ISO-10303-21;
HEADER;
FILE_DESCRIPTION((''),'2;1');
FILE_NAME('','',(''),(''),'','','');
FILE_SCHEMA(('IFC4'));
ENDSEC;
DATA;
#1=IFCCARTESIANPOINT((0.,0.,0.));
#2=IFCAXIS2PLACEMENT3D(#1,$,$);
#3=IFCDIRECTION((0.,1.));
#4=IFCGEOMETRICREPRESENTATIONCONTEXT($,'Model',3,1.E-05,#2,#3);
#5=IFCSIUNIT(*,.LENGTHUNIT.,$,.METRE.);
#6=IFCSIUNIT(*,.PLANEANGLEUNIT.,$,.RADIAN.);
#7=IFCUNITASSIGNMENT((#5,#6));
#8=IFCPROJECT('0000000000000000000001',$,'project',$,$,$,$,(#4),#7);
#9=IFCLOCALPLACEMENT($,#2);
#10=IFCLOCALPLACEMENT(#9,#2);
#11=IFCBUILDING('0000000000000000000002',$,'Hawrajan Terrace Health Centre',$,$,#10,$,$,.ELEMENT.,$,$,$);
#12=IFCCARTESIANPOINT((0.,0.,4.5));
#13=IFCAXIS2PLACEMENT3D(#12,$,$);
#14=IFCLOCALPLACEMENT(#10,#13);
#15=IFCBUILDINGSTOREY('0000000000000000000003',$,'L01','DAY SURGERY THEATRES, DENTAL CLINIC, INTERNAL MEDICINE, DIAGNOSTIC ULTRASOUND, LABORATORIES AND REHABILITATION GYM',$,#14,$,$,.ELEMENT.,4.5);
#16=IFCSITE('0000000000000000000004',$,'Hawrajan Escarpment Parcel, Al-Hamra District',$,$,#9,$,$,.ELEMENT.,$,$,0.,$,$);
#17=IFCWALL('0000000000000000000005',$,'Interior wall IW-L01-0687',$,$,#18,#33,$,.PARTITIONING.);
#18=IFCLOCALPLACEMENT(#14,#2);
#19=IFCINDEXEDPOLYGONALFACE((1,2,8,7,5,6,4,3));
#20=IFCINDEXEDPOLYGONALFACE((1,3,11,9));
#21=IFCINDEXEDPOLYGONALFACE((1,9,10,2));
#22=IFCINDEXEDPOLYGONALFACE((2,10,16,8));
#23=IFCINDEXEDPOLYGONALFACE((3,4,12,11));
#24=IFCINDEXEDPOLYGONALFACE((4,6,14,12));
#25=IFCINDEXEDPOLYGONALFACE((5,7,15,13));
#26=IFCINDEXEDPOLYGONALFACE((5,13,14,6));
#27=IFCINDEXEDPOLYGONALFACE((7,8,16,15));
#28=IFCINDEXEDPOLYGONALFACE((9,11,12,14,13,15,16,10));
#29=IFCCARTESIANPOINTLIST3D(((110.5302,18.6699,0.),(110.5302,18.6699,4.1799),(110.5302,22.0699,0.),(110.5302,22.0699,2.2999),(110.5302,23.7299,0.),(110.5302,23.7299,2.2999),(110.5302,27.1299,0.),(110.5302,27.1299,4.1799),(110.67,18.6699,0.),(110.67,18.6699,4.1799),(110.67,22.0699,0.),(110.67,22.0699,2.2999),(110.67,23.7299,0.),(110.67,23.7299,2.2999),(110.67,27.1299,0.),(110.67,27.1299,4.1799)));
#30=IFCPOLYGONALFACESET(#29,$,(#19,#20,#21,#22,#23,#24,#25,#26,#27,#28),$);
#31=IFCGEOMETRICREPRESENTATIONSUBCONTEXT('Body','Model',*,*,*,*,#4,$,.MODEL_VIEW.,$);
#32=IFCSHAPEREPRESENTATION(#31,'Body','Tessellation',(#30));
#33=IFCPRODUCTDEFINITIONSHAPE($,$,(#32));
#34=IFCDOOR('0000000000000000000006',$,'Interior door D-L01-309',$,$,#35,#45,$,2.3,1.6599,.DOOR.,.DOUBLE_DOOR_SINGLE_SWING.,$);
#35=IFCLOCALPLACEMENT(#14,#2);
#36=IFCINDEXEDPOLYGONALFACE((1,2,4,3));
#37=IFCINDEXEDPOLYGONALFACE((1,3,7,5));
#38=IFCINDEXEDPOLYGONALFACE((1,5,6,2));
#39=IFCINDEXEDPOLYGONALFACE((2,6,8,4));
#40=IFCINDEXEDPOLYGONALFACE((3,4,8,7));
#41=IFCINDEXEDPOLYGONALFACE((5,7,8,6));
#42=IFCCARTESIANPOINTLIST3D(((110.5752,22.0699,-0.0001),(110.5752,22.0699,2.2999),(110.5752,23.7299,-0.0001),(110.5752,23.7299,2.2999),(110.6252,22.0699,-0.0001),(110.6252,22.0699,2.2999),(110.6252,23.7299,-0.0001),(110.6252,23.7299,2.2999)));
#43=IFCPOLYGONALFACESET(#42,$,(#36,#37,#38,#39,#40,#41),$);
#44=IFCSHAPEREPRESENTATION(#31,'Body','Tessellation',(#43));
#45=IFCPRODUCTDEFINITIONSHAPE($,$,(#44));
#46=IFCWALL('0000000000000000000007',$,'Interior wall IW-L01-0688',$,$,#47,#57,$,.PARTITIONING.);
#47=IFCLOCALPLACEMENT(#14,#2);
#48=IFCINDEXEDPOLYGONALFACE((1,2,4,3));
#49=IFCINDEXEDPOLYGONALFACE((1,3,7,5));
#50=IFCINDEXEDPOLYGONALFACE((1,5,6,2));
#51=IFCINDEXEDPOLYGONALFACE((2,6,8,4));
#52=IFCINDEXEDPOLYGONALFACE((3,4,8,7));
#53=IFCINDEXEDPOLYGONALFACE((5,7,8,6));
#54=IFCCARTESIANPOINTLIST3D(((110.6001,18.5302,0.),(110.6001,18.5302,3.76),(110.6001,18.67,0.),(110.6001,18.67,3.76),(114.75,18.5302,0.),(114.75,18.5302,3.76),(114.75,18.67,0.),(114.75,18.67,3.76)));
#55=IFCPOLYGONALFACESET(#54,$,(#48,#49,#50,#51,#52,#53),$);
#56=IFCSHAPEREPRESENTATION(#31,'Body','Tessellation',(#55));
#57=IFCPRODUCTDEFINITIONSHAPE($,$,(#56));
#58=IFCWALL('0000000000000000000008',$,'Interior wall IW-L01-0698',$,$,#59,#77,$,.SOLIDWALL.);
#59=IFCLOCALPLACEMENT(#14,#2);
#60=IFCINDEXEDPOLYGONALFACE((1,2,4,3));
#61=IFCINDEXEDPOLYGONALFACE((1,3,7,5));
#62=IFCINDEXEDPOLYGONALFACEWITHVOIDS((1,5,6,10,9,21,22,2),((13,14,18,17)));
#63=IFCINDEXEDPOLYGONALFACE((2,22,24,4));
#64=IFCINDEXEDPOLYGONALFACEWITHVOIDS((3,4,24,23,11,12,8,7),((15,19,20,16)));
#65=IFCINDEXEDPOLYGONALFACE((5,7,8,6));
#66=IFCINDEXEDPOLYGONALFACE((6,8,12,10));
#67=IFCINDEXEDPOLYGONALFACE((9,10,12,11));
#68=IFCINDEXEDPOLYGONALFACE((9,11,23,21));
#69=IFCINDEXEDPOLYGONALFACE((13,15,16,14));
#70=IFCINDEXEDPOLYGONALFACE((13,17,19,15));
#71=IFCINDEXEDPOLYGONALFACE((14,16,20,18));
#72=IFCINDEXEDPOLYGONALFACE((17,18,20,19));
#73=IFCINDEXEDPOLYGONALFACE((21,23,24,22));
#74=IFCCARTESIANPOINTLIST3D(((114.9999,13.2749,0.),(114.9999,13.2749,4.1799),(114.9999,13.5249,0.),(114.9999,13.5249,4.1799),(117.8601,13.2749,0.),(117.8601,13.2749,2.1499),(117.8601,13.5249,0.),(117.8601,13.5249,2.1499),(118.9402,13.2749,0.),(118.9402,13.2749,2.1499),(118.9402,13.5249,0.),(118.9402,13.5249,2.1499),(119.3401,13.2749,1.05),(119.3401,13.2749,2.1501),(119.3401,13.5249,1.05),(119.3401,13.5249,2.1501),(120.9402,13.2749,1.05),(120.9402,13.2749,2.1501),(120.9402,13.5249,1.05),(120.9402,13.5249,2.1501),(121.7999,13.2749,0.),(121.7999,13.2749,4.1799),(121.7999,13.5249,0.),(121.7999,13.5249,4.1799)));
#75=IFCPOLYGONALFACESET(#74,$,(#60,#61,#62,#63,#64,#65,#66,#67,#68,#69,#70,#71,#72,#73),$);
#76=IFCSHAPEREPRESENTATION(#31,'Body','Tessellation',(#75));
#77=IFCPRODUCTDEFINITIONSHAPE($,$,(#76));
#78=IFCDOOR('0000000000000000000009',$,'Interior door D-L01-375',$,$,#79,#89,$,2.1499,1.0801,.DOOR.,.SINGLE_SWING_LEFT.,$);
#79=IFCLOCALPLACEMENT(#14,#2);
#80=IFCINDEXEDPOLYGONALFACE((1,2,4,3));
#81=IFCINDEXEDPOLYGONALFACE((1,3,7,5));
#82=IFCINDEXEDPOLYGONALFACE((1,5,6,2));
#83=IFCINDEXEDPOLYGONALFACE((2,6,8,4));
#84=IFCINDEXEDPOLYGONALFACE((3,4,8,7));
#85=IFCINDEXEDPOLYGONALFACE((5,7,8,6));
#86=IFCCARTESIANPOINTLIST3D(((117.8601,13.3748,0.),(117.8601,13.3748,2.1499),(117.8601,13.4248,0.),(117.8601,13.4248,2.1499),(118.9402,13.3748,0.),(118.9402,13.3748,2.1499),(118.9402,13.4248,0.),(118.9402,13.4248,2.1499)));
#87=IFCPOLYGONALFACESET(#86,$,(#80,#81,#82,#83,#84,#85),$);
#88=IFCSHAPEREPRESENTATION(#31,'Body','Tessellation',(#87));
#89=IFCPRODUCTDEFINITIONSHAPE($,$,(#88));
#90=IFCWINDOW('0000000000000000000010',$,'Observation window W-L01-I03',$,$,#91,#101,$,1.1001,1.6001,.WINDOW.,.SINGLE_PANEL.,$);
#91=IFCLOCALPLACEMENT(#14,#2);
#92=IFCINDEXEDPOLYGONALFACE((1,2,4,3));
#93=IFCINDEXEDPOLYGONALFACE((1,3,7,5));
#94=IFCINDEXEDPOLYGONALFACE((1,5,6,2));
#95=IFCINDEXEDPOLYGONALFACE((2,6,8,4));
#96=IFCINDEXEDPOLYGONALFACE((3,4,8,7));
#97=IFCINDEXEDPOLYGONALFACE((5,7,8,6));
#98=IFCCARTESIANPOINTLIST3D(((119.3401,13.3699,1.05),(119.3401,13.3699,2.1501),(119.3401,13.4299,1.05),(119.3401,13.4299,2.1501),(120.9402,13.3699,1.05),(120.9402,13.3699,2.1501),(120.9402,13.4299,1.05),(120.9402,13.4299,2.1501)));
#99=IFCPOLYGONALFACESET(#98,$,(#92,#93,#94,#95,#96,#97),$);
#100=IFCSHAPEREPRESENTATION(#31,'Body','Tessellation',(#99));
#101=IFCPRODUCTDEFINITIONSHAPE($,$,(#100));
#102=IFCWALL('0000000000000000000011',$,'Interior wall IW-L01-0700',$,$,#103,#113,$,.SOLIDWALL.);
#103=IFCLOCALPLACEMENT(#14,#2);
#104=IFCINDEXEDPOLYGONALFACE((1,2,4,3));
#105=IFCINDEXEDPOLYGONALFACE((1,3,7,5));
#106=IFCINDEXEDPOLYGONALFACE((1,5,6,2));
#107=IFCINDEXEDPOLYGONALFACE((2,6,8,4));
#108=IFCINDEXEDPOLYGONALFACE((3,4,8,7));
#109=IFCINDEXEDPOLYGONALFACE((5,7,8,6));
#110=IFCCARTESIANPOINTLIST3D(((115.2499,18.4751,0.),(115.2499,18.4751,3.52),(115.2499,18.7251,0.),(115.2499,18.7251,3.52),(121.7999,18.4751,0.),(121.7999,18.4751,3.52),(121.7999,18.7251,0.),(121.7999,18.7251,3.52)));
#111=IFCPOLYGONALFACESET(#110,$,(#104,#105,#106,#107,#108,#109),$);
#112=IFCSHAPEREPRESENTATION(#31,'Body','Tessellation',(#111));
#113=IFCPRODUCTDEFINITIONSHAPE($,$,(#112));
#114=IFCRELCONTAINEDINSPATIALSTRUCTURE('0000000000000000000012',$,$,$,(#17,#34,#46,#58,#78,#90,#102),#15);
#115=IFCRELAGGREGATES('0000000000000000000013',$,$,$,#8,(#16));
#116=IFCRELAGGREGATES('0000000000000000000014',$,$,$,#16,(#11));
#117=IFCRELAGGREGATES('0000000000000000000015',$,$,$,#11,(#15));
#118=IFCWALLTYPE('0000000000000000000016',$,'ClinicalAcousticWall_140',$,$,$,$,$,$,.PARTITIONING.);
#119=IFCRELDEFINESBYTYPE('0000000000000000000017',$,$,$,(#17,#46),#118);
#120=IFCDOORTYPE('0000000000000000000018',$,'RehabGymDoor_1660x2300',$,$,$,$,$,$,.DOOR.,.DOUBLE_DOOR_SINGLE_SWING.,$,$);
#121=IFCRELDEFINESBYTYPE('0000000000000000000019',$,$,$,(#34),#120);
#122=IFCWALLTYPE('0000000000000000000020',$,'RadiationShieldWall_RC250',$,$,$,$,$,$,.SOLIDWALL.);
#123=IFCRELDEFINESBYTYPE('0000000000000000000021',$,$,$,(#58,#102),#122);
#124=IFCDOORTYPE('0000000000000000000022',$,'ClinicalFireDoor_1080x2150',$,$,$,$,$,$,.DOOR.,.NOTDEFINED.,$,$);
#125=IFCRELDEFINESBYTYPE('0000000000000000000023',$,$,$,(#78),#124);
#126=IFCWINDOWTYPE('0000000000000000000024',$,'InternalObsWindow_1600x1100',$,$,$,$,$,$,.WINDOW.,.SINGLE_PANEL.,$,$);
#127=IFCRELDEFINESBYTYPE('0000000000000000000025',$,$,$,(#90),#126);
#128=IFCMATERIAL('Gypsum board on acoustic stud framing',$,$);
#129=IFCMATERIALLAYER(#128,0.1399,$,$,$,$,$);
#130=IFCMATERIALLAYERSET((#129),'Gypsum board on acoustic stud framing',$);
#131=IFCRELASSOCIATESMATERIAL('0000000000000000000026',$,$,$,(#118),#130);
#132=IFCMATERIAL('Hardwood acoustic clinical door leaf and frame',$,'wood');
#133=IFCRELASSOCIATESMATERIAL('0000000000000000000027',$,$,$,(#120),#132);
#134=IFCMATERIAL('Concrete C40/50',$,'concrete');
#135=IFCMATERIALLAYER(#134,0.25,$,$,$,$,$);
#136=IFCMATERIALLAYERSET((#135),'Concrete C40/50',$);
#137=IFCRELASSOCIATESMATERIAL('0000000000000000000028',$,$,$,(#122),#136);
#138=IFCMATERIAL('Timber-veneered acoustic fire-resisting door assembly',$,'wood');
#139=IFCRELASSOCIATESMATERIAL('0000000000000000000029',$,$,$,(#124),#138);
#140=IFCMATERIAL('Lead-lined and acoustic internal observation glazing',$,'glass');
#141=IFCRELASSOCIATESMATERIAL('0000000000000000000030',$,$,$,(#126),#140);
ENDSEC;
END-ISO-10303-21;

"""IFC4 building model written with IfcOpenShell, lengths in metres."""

from ifc_helpers import new_model, si_unit, direction, frame, frame_2d, origin, place, context, subcontext, project, spatial, rectangle, extrude, material, layer, layer_set, type_object, element, fill, save


model = new_model("IFC4")

# Units and contexts
model_context = context("Model", 3, precision=1e-05, world=origin(), true_north=direction((0.0, 1.0)))
body_context = subcontext(model_context, "Body", "Model", "MODEL_VIEW")
ifc_project = project(units=[si_unit("LENGTHUNIT", "METRE"), si_unit("PLANEANGLEUNIT", "RADIAN")], contexts=[model_context])

# Site, building, storey
site_placement = place(None, origin())
site = spatial("IfcSite", under=ifc_project, at=site_placement, Name="Hawrajan Escarpment Parcel, Al-Hamra District", CompositionType="ELEMENT", RefElevation=0.0)
building_placement = place(site_placement, origin())
building = spatial("IfcBuilding", under=site, at=building_placement, Name="Hawrajan Terrace Health Centre", CompositionType="ELEMENT")
storey_placement = place(building_placement, frame((0.0, 0.0, 4.5)))
storey = spatial("IfcBuildingStorey", under=building, at=storey_placement, Name="L01", Description="DAY SURGERY THEATRES, DENTAL CLINIC, INTERNAL MEDICINE, DIAGNOSTIC ULTRASOUND, LABORATORIES AND REHABILITATION GYM", CompositionType="ELEMENT", Elevation=4.5)

# Shared definitions
ifc_material_1 = material(Name="Concrete C40/50", Category="concrete")

# Shared definitions
ifc_material_2 = material(Name="Gypsum board on acoustic stud framing")
ifc_layer_1 = layer(ifc_material_2, 0.1399)
ifc_layer_set_1 = layer_set([ifc_layer_1], Name="Gypsum board on acoustic stud framing")
wall_type_1 = type_object("IfcWallType", Name="ClinicalAcousticWall_140", PredefinedType="PARTITIONING", material=ifc_layer_set_1)

# Shared definitions
ifc_material_3 = material(Name="Hardwood acoustic clinical door leaf and frame", Category="wood")

# Wall, opening, door
wall_1_placement = place(storey_placement, frame((110.6001, 18.6699, 0.0), z_axis=(0.0, 0.0, 1.0), x_axis=(0.0, 1.0, 0.0)))
wall_1 = element("IfcWall", 1, at=wall_1_placement, inside=storey, type_object=wall_type_1, Name="Interior wall IW-L01-0687", PredefinedType="PARTITIONING", context=body_context, shape_type="SweptSolid", body=[
    extrude(rectangle(XDim=8.46, YDim=0.1399, at=frame_2d((4.23, 0.0))), origin(), (0.0, 0.0, 1.0), 4.1799),
])
opening_1_placement = place(wall_1_placement, frame((3.3999, 0.0, 0.0)))
opening_1 = element("IfcOpeningElement", 2, at=opening_1_placement, cuts=wall_1, PredefinedType="OPENING", context=body_context, shape_type="SweptSolid", body=[
    extrude(rectangle(XDim=1.6599, YDim=2.3, at=frame_2d((0.8301, 1.1499))), frame((0.0, 0.0798, 0.0), z_axis=(0.0, -1.0, 0.0), x_axis=(1.0, 0.0, 0.0)), (0.0, 0.0, 1.0), 0.1599),
])
door_type_1 = type_object("IfcDoorType", Name="RehabGymDoor_1660x2300", OperationType="DOUBLE_DOOR_SINGLE_SWING", PredefinedType="DOOR", material=ifc_material_3)
door_1_placement = place(opening_1_placement, origin())
door_1 = element("IfcDoor", 3, at=door_1_placement, inside=storey, type_object=door_type_1, Name="Interior door D-L01-309", OperationType="DOUBLE_DOOR_SINGLE_SWING", OverallHeight=2.3, OverallWidth=1.6599, PredefinedType="DOOR", context=body_context, shape_type="SweptSolid", body=[
    extrude(rectangle(XDim=1.6599, YDim=2.3, at=frame_2d((0.8301, 1.1499))), frame((0.0, 0.0249, 0.0), z_axis=(0.0, -1.0, 0.0), x_axis=(1.0, 0.0, 0.0)), (0.0, 0.0, 1.0), 0.05),
])
fill(opening_1, door_1)

# Wall
wall_2_placement = place(storey_placement, frame((110.6001, 18.6001, 0.0), z_axis=(0.0, 0.0, 1.0), x_axis=(1.0, 0.0, 0.0)))
element("IfcWall", 4, at=wall_2_placement, inside=storey, type_object=wall_type_1, Name="Interior wall IW-L01-0688", PredefinedType="PARTITIONING", context=body_context, shape_type="SweptSolid", body=[
    extrude(rectangle(XDim=4.1499, YDim=0.1399, at=frame_2d((2.075, 0.0))), origin(), (0.0, 0.0, 1.0), 3.76),
])
ifc_layer_2 = layer(ifc_material_1, 0.25)
ifc_layer_set_2 = layer_set([ifc_layer_2], Name="Concrete C40/50")
wall_type_2 = type_object("IfcWallType", Name="RadiationShieldWall_RC250", PredefinedType="SOLIDWALL", material=ifc_layer_set_2)

# Wall, openings, door, window
wall_3_placement = place(storey_placement, frame((115.0, 13.3999, 0.0), z_axis=(0.0, 0.0, 1.0), x_axis=(1.0, 0.0, 0.0)))
wall_3 = element("IfcWall", 5, at=wall_3_placement, inside=storey, type_object=wall_type_2, Name="Interior wall IW-L01-0698", PredefinedType="SOLIDWALL", context=body_context, shape_type="SweptSolid", body=[
    extrude(rectangle(XDim=6.8, YDim=0.25, at=frame_2d((3.3999, 0.0))), origin(), (0.0, 0.0, 1.0), 4.1799),
])
opening_2_placement = place(wall_3_placement, frame((2.8601, 0.0, 0.0)))
opening_2 = element("IfcOpeningElement", 6, at=opening_2_placement, cuts=wall_3, PredefinedType="OPENING", context=body_context, shape_type="SweptSolid", body=[
    extrude(rectangle(XDim=1.0801, YDim=2.1499, at=frame_2d((0.54, 1.075))), frame((0.0, 0.135, 0.0), z_axis=(0.0, -1.0, 0.0), x_axis=(1.0, 0.0, 0.0)), (0.0, 0.0, 1.0), 0.27),
])
opening_3_placement = place(wall_3_placement, frame((4.3401, 0.0, 1.05)))
opening_3 = element("IfcOpeningElement", 7, at=opening_3_placement, cuts=wall_3, PredefinedType="OPENING", context=body_context, shape_type="SweptSolid", body=[
    extrude(rectangle(XDim=1.6001, YDim=1.1001, at=frame_2d((0.8, 0.55))), frame((0.0, 0.135, 0.0), z_axis=(0.0, -1.0, 0.0), x_axis=(1.0, 0.0, 0.0)), (0.0, 0.0, 1.0), 0.27),
])
ifc_material_4 = material(Name="Timber-veneered acoustic fire-resisting door assembly", Category="wood")
door_type_2 = type_object("IfcDoorType", Name="ClinicalFireDoor_1080x2150", OperationType="NOTDEFINED", PredefinedType="DOOR", material=ifc_material_4)
door_2_placement = place(opening_2_placement, origin())
door_2 = element("IfcDoor", 8, at=door_2_placement, inside=storey, type_object=door_type_2, Name="Interior door D-L01-375", OperationType="SINGLE_SWING_LEFT", OverallHeight=2.1499, OverallWidth=1.0801, PredefinedType="DOOR", context=body_context, shape_type="SweptSolid", body=[
    extrude(rectangle(XDim=1.0801, YDim=2.1499, at=frame_2d((0.54, 1.075))), frame((0.0, 0.0249, 0.0), z_axis=(0.0, -1.0, 0.0), x_axis=(1.0, 0.0, 0.0)), (0.0, 0.0, 1.0), 0.05),
])
fill(opening_2, door_2)
ifc_material_5 = material(Name="Lead-lined and acoustic internal observation glazing", Category="glass")
window_type = type_object("IfcWindowType", Name="InternalObsWindow_1600x1100", PartitioningType="SINGLE_PANEL", PredefinedType="WINDOW", material=ifc_material_5)
window_placement = place(opening_3_placement, origin())
window = element("IfcWindow", 9, at=window_placement, inside=storey, type_object=window_type, Name="Observation window W-L01-I03", OverallHeight=1.1001, OverallWidth=1.6001, PartitioningType="SINGLE_PANEL", PredefinedType="WINDOW", context=body_context, shape_type="SweptSolid", body=[
    extrude(rectangle(XDim=1.6001, YDim=1.1001, at=frame_2d((0.8, 0.55))), frame((0.0, 0.03, 0.0), z_axis=(0.0, -1.0, 0.0), x_axis=(1.0, 0.0, 0.0)), (0.0, 0.0, 1.0), 0.0601),
])
fill(opening_3, window)

# Wall
wall_4_placement = place(storey_placement, frame((115.25, 18.6001, 0.0), z_axis=(0.0, 0.0, 1.0), x_axis=(1.0, 0.0, 0.0)))
element("IfcWall", 10, at=wall_4_placement, inside=storey, type_object=wall_type_2, Name="Interior wall IW-L01-0700", PredefinedType="SOLIDWALL", context=body_context, shape_type="SweptSolid", body=[
    extrude(rectangle(XDim=6.55, YDim=0.25, at=frame_2d((3.2749, 0.0))), origin(), (0.0, 0.0, 1.0), 3.52),
])

save(model, "model.ifc")
